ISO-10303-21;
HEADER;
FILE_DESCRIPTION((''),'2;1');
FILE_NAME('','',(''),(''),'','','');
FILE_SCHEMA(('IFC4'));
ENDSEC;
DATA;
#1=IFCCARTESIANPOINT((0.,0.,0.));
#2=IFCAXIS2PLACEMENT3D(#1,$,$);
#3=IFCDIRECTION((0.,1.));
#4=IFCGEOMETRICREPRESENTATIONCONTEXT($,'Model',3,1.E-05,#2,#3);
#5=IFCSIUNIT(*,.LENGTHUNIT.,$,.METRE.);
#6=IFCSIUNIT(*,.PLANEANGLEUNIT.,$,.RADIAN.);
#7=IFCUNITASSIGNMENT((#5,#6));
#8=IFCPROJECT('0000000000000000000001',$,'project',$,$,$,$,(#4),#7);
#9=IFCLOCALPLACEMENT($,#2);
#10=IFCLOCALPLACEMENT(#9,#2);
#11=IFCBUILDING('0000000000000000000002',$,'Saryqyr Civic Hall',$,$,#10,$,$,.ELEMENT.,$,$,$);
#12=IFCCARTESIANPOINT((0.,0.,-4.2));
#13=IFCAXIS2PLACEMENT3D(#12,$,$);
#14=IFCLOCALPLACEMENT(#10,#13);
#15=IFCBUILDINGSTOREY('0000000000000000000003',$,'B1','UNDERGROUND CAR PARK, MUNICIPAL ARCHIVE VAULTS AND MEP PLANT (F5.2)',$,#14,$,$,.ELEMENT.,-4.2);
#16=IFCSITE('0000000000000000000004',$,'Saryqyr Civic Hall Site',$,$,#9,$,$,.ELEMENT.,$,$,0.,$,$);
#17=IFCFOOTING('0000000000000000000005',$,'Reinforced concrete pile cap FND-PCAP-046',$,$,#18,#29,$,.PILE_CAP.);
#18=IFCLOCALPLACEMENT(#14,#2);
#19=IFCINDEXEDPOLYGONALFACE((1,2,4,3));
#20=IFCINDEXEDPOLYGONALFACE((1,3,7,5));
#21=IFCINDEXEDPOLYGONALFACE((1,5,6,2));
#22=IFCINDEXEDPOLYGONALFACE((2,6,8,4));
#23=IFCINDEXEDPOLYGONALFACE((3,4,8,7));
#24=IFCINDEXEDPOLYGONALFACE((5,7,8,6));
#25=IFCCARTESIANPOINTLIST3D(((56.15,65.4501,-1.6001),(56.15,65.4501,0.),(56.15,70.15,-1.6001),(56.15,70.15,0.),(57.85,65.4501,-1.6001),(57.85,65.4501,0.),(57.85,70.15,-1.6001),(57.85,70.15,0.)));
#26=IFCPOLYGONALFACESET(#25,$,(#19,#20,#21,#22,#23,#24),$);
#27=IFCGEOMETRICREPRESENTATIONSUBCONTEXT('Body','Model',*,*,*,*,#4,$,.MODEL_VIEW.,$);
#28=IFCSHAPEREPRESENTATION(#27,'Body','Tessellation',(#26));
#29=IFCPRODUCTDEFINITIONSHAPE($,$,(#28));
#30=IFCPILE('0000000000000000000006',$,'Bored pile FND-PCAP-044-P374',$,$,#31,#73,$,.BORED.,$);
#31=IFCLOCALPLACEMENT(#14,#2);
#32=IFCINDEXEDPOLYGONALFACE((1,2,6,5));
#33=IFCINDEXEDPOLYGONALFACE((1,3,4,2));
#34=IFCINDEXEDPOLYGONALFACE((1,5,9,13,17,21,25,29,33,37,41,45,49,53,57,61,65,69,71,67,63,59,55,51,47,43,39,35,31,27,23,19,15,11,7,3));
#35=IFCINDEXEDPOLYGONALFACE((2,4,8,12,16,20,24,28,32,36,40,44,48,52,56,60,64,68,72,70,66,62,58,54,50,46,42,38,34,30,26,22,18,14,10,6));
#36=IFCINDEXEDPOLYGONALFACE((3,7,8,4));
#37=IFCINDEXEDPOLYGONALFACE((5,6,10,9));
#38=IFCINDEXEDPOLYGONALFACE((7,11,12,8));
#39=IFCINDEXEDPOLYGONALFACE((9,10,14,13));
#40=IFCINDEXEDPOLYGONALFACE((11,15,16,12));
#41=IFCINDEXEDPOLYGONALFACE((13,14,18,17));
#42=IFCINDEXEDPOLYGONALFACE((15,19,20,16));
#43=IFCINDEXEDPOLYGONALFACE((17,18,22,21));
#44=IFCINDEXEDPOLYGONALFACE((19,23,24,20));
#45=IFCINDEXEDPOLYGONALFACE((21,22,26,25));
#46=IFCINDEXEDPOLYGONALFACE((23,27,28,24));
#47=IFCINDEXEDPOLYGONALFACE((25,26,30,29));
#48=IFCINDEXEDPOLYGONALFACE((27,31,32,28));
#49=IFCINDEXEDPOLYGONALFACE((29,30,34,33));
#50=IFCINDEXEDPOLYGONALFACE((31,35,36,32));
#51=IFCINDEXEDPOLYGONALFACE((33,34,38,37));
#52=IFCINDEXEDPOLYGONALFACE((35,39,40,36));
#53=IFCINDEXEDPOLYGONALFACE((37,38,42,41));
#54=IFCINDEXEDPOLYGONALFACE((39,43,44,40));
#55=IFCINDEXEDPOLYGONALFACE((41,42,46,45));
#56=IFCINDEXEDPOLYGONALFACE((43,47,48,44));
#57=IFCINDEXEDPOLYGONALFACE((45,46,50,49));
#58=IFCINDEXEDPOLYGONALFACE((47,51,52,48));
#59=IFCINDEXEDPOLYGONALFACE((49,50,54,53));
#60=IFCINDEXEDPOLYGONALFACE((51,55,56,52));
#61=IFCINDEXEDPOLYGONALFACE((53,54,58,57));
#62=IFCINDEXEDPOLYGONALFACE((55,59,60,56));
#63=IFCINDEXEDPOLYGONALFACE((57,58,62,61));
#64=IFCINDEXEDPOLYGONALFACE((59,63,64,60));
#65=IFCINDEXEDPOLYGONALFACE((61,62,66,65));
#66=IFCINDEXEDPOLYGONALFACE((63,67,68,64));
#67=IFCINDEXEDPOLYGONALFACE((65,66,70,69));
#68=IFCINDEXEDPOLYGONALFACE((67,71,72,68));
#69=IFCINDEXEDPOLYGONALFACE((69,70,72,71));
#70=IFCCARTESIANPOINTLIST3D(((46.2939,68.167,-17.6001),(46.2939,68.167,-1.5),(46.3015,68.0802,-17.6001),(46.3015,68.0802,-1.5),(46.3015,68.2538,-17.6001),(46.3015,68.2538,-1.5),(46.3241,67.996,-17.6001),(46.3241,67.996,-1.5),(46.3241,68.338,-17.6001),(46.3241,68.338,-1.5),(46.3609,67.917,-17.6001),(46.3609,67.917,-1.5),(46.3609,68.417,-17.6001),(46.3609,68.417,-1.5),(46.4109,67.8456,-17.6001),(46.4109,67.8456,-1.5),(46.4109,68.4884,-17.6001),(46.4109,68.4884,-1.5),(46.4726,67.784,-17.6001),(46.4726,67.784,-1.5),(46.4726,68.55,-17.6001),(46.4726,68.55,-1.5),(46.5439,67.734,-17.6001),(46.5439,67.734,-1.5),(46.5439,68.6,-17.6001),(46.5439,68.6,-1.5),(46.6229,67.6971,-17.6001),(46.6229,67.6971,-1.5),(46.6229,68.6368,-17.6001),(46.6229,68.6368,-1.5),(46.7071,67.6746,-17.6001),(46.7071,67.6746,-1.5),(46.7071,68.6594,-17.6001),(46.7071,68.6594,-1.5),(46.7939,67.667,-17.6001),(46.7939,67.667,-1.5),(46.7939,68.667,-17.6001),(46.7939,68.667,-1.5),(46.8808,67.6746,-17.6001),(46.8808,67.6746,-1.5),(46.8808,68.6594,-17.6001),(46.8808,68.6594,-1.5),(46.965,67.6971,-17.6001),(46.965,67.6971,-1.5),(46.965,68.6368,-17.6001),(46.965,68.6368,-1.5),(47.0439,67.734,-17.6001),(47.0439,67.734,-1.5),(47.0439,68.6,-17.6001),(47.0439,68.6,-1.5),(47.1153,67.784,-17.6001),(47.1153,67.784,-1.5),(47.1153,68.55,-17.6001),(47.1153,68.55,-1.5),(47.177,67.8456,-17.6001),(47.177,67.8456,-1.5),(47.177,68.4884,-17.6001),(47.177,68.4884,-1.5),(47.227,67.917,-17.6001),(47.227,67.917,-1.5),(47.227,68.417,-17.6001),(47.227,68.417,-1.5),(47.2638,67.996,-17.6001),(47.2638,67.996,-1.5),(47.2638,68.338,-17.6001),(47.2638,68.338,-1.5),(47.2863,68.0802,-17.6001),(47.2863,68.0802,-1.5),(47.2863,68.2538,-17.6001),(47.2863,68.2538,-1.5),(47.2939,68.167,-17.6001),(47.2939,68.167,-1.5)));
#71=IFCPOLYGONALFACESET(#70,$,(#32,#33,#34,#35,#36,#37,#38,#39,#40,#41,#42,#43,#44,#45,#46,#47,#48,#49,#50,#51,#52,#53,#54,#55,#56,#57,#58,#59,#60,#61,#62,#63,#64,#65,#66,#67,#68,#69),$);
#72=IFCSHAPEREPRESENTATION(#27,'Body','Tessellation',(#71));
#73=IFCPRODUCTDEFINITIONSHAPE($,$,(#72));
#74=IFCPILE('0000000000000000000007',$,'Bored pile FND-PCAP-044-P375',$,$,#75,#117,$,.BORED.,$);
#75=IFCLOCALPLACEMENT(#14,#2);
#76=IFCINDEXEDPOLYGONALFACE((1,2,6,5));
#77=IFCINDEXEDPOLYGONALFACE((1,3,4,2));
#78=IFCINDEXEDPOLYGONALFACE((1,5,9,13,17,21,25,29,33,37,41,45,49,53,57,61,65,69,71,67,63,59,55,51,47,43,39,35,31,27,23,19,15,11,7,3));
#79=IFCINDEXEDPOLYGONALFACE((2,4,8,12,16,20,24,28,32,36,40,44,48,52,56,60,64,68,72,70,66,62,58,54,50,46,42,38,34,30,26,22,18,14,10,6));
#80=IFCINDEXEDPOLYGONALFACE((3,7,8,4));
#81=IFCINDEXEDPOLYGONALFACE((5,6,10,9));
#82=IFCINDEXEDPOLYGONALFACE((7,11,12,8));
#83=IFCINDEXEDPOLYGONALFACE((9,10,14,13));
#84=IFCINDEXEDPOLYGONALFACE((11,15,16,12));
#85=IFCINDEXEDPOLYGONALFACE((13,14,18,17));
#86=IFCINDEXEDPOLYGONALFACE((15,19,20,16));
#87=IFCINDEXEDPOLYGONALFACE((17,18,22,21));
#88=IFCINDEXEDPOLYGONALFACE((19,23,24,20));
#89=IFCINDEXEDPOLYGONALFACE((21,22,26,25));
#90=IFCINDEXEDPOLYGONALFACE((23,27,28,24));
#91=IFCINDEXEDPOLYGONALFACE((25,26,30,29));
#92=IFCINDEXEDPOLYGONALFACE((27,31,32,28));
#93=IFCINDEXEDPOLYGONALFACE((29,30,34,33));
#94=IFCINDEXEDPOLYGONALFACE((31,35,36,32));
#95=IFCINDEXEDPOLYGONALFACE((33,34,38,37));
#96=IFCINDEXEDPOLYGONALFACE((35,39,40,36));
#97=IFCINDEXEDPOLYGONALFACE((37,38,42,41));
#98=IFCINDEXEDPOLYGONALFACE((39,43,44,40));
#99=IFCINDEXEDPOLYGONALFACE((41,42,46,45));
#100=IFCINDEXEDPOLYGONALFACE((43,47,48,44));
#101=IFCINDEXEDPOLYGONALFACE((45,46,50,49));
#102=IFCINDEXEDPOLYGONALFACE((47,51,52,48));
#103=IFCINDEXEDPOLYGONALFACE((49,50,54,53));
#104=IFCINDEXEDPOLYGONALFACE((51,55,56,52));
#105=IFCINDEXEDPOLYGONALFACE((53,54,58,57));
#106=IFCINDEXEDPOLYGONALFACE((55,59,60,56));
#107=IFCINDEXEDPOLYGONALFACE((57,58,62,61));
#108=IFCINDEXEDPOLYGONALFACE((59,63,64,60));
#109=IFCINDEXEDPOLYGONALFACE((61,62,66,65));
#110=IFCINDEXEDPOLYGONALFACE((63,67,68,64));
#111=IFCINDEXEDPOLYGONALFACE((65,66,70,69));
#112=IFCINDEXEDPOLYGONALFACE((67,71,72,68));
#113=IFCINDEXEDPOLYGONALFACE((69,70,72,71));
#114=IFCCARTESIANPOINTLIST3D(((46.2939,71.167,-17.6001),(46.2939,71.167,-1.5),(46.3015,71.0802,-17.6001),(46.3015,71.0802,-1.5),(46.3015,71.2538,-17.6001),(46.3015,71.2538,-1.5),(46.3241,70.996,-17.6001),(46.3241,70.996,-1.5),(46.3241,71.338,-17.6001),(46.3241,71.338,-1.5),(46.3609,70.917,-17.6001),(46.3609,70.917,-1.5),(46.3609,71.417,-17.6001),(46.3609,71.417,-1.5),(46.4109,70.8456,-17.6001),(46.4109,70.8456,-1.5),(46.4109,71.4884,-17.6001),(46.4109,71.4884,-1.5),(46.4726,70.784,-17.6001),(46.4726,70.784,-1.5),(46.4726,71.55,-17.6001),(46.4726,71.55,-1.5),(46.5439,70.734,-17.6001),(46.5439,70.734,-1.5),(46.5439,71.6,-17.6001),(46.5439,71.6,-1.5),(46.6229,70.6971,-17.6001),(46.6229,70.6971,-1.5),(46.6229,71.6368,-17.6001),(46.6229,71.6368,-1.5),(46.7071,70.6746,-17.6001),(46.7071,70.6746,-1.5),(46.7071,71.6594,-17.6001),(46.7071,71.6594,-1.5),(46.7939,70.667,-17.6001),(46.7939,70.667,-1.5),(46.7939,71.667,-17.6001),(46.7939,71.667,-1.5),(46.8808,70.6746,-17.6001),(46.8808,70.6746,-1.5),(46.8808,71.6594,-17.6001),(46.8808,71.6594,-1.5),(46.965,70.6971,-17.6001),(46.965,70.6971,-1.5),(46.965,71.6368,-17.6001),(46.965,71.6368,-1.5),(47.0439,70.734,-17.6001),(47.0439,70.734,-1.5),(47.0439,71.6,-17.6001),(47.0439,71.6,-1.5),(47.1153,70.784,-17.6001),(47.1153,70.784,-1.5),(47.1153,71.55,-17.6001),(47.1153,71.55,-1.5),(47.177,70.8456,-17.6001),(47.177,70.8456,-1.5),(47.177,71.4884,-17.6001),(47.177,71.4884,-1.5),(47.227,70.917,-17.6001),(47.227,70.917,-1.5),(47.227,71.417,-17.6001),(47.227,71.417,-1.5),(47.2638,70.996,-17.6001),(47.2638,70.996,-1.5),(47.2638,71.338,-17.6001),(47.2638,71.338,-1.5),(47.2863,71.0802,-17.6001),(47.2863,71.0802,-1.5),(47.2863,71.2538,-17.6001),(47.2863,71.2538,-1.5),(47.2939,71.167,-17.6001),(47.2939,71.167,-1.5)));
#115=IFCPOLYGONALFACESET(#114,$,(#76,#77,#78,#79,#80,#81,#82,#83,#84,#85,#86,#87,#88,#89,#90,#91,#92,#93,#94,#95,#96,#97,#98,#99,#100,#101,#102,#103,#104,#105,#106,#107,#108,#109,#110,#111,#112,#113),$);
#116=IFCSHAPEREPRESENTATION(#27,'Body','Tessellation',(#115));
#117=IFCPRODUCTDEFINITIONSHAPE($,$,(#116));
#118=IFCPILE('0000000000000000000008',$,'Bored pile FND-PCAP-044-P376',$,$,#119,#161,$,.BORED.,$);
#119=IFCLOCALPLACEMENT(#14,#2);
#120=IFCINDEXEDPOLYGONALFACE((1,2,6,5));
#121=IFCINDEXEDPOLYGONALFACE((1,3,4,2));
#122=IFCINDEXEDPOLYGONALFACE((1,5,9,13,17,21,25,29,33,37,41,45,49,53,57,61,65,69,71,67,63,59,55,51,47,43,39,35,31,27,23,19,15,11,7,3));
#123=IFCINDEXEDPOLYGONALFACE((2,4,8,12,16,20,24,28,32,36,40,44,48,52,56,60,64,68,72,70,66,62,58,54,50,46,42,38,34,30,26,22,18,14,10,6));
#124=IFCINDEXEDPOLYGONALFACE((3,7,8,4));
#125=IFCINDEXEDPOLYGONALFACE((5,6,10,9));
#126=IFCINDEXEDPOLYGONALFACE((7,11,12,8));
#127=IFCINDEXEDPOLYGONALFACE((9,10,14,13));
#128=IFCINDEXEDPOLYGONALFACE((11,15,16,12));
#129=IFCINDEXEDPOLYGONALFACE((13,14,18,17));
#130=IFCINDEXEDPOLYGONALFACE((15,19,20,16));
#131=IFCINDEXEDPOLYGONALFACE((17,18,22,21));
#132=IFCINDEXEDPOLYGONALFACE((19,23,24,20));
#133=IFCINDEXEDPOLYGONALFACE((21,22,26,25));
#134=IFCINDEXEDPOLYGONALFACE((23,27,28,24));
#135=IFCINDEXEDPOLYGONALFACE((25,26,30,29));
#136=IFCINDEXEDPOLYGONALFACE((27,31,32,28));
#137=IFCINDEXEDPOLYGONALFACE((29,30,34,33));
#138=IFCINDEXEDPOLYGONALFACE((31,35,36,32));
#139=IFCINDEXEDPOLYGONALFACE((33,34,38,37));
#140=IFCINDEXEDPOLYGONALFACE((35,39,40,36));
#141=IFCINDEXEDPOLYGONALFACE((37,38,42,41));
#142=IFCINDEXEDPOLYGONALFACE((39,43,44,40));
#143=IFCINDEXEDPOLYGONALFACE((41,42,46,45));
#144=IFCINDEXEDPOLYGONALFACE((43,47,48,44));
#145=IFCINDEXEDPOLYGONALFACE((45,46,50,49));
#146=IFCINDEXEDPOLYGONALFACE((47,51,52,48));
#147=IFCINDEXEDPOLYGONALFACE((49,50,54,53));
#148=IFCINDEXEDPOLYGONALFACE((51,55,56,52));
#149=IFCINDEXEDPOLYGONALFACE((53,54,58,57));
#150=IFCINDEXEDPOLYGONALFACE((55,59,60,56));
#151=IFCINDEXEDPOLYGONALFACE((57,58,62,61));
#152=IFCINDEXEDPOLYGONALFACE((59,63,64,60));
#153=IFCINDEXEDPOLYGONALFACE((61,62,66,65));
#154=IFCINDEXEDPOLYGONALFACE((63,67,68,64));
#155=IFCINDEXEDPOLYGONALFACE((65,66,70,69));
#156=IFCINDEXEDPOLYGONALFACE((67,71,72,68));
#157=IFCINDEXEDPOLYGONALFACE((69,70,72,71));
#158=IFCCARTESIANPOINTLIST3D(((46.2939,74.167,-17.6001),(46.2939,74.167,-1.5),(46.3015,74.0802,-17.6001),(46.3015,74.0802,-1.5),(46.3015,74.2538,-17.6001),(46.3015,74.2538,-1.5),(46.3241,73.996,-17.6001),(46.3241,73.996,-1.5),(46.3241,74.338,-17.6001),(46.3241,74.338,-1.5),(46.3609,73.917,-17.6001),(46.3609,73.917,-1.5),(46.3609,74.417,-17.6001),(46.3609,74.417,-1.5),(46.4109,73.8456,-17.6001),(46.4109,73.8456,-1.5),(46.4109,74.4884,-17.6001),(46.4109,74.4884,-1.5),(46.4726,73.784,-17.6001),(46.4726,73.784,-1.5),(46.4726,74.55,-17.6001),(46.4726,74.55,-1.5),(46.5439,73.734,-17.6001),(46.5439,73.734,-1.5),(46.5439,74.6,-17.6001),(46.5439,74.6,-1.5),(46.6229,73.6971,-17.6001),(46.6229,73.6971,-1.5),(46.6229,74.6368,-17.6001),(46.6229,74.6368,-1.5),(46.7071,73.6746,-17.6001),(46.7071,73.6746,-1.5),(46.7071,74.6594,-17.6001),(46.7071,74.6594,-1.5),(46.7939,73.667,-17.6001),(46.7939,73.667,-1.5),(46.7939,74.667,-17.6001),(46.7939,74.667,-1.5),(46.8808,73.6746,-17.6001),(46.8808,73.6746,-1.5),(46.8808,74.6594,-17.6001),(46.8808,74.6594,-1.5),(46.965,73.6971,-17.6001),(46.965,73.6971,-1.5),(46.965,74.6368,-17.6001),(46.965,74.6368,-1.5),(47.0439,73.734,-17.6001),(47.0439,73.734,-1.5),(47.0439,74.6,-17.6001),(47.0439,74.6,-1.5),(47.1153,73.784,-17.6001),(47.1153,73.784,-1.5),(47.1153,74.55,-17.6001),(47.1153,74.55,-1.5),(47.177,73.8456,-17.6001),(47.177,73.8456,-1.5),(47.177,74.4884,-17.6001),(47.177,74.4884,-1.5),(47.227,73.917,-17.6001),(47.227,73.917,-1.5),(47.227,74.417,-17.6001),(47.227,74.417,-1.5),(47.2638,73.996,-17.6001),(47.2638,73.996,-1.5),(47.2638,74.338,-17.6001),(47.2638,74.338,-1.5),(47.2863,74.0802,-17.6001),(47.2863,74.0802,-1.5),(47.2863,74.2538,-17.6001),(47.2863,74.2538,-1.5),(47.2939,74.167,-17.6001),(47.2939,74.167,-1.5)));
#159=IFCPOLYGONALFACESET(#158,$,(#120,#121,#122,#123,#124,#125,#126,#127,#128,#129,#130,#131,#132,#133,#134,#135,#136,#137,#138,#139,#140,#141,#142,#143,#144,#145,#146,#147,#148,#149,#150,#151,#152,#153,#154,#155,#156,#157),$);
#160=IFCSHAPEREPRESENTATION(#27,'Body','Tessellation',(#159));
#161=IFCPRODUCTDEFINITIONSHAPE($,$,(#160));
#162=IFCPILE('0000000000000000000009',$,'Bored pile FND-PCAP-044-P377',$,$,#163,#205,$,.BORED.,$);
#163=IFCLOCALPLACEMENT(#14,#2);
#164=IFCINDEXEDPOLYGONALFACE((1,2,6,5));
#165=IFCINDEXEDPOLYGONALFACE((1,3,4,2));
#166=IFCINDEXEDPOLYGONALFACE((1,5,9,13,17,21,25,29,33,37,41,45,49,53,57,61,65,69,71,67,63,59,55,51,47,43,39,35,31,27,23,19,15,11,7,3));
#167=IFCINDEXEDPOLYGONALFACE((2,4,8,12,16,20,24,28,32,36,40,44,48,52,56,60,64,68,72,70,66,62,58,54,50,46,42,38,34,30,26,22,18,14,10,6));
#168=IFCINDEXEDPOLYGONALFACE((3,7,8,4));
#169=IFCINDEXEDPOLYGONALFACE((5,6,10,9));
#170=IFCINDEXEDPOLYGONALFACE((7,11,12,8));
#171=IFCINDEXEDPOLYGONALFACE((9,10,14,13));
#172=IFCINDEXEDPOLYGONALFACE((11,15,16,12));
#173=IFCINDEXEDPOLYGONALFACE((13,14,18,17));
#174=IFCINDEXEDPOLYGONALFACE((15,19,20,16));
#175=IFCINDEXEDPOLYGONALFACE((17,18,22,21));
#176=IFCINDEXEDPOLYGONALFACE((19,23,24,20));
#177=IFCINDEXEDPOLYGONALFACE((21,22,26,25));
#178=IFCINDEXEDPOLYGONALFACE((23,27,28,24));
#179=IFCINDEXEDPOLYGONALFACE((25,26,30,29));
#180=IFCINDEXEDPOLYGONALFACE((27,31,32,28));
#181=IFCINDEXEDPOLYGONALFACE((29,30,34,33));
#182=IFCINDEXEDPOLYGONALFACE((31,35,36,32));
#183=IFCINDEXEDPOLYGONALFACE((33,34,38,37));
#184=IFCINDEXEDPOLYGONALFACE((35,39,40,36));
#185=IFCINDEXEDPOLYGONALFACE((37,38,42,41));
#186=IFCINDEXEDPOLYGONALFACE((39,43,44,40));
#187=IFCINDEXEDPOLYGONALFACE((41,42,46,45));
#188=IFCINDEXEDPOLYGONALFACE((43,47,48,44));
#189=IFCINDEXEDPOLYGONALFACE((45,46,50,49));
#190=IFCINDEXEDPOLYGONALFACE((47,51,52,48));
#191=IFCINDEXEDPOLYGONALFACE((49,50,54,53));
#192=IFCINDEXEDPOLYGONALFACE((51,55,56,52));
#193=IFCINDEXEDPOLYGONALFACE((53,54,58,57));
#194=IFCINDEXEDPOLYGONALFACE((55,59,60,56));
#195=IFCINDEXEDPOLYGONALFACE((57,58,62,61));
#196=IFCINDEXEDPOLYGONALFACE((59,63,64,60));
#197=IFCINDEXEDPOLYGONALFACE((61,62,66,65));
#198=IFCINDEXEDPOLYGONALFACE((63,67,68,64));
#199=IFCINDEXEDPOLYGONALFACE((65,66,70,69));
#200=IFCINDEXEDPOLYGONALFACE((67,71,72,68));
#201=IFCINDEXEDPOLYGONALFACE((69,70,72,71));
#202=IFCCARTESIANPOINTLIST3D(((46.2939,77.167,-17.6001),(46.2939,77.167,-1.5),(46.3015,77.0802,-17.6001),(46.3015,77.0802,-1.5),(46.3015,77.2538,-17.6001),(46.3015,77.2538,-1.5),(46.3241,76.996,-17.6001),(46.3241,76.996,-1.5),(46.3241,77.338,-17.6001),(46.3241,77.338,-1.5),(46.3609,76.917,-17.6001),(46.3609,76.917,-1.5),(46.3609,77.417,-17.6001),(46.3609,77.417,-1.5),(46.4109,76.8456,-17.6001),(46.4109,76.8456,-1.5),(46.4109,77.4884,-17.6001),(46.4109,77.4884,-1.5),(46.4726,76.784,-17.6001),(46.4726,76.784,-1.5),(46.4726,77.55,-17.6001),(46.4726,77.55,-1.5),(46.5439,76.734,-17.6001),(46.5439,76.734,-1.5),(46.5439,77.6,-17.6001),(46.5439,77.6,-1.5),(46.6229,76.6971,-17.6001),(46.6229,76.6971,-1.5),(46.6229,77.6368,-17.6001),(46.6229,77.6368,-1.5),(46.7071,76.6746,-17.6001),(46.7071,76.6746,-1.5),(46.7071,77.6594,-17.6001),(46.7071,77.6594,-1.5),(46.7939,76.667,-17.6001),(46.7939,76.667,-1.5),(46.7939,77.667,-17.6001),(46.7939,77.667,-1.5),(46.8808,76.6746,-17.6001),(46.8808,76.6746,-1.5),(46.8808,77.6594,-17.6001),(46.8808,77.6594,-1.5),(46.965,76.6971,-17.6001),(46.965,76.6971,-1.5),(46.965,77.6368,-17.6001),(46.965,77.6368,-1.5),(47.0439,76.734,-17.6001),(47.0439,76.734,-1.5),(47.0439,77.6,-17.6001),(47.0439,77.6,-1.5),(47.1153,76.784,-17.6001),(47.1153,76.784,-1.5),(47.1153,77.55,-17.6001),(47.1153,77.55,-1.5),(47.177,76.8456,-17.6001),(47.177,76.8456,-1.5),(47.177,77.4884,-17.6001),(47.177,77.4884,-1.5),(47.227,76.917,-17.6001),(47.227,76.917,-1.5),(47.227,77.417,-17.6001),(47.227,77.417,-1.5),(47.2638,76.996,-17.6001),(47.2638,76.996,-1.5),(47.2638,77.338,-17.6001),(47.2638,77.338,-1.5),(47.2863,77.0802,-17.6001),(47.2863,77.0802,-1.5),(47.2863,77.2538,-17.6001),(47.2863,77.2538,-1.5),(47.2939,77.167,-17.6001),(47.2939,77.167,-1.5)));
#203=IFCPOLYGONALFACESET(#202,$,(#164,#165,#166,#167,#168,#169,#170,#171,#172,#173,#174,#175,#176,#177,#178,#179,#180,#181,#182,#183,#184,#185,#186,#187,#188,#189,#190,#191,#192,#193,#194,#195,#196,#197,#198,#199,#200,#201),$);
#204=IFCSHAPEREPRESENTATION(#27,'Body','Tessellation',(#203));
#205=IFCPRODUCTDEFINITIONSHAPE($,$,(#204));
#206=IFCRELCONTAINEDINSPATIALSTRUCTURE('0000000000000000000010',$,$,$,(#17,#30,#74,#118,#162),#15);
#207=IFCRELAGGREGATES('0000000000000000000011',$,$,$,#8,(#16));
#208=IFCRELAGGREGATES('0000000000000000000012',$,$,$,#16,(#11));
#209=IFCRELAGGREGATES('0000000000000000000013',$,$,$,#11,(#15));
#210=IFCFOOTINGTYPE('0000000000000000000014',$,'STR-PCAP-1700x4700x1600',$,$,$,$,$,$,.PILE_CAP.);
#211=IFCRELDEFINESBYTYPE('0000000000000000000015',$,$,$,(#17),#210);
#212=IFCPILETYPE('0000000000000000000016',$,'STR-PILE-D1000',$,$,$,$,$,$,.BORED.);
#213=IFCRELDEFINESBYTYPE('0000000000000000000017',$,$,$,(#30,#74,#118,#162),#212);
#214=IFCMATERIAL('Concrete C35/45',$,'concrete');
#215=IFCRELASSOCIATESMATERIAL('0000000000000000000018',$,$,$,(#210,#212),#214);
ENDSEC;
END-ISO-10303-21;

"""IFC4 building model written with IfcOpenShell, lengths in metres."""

from ifc_helpers import new_model, si_unit, direction, frame, origin, origin_2d, place, context, subcontext, project, spatial, rectangle, circle, extrude, material, material_profile, profile_set, type_object, element, save


model = new_model("IFC4")

# Units and contexts
model_context = context("Model", 3, precision=1e-05, world=origin(), true_north=direction((0.0, 1.0)))
body_context = subcontext(model_context, "Body", "Model", "MODEL_VIEW")
ifc_project = project(units=[si_unit("LENGTHUNIT", "METRE"), si_unit("PLANEANGLEUNIT", "RADIAN")], contexts=[model_context])

# Site, building, storey
site_placement = place(None, origin())
site = spatial("IfcSite", under=ifc_project, at=site_placement, Name="Saryqyr Civic Hall Site", CompositionType="ELEMENT", RefElevation=0.0)
building_placement = place(site_placement, origin())
building = spatial("IfcBuilding", under=site, at=building_placement, Name="Saryqyr Civic Hall", CompositionType="ELEMENT")
storey_placement = place(building_placement, frame((0.0, 0.0, -4.2)))
storey = spatial("IfcBuildingStorey", under=building, at=storey_placement, Name="B1", Description="UNDERGROUND CAR PARK, MUNICIPAL ARCHIVE VAULTS AND MEP PLANT (F5.2)", CompositionType="ELEMENT", Elevation=-4.2)

# Footing
ifc_material_1 = material(Name="Concrete C35/45", Category="concrete")
footing_type = type_object("IfcFootingType", Name="STR-PCAP-1700x4700x1600", PredefinedType="PILE_CAP", material=ifc_material_1)
footing_placement = place(storey_placement, frame((57.0, 67.8, -1.6001), z_axis=(0.0, 0.0, 1.0), x_axis=(1.0, 0.0, 0.0)))
element("IfcFooting", 1, at=footing_placement, inside=storey, type_object=footing_type, Name="Reinforced concrete pile cap FND-PCAP-046", PredefinedType="PILE_CAP", context=body_context, shape_type="SweptSolid", body=[
    extrude(rectangle(XDim=1.7, YDim=4.7, at=origin_2d()), origin(), (0.0, 0.0, 1.0), 1.6001),
])

# Piles
ifc_material_profile_1 = material_profile(ifc_material_1, circle(Radius=0.5, at=origin_2d()), Name="BORED PILE D1000")
ifc_profile_set_1 = profile_set([ifc_material_profile_1], Name="Concrete C35/45")
pile_type = type_object("IfcPileType", Name="STR-PILE-D1000", PredefinedType="BORED", material=ifc_profile_set_1)
for number, where, z_axis, x_axis, name in (
    (2, (46.7939, 68.167, -1.5), (0.0, 0.0, -1.0), (1.0, 0.0, 0.0), "Bored pile FND-PCAP-044-P374"),
    (3, (46.7939, 71.167, -1.5), (0.0, 0.0, -1.0), (1.0, 0.0, 0.0), "Bored pile FND-PCAP-044-P375"),
    (4, (46.7939, 74.167, -1.5), (0.0, 0.0, -1.0), (1.0, 0.0, 0.0), "Bored pile FND-PCAP-044-P376"),
    (5, (46.7939, 77.167, -1.5), (0.0, 0.0, -1.0), (1.0, 0.0, 0.0), "Bored pile FND-PCAP-044-P377"),
):
    element("IfcPile", number, at=place(storey_placement, frame(where, z_axis=z_axis, x_axis=x_axis)), inside=storey, type_object=pile_type, Name=name, PredefinedType="BORED", context=body_context, shape_type="SweptSolid", body=[
        extrude(circle(Radius=0.5, at=origin_2d()), origin(), (0.0, 0.0, 1.0), 16.1001),
    ])

save(model, "model.ifc")
